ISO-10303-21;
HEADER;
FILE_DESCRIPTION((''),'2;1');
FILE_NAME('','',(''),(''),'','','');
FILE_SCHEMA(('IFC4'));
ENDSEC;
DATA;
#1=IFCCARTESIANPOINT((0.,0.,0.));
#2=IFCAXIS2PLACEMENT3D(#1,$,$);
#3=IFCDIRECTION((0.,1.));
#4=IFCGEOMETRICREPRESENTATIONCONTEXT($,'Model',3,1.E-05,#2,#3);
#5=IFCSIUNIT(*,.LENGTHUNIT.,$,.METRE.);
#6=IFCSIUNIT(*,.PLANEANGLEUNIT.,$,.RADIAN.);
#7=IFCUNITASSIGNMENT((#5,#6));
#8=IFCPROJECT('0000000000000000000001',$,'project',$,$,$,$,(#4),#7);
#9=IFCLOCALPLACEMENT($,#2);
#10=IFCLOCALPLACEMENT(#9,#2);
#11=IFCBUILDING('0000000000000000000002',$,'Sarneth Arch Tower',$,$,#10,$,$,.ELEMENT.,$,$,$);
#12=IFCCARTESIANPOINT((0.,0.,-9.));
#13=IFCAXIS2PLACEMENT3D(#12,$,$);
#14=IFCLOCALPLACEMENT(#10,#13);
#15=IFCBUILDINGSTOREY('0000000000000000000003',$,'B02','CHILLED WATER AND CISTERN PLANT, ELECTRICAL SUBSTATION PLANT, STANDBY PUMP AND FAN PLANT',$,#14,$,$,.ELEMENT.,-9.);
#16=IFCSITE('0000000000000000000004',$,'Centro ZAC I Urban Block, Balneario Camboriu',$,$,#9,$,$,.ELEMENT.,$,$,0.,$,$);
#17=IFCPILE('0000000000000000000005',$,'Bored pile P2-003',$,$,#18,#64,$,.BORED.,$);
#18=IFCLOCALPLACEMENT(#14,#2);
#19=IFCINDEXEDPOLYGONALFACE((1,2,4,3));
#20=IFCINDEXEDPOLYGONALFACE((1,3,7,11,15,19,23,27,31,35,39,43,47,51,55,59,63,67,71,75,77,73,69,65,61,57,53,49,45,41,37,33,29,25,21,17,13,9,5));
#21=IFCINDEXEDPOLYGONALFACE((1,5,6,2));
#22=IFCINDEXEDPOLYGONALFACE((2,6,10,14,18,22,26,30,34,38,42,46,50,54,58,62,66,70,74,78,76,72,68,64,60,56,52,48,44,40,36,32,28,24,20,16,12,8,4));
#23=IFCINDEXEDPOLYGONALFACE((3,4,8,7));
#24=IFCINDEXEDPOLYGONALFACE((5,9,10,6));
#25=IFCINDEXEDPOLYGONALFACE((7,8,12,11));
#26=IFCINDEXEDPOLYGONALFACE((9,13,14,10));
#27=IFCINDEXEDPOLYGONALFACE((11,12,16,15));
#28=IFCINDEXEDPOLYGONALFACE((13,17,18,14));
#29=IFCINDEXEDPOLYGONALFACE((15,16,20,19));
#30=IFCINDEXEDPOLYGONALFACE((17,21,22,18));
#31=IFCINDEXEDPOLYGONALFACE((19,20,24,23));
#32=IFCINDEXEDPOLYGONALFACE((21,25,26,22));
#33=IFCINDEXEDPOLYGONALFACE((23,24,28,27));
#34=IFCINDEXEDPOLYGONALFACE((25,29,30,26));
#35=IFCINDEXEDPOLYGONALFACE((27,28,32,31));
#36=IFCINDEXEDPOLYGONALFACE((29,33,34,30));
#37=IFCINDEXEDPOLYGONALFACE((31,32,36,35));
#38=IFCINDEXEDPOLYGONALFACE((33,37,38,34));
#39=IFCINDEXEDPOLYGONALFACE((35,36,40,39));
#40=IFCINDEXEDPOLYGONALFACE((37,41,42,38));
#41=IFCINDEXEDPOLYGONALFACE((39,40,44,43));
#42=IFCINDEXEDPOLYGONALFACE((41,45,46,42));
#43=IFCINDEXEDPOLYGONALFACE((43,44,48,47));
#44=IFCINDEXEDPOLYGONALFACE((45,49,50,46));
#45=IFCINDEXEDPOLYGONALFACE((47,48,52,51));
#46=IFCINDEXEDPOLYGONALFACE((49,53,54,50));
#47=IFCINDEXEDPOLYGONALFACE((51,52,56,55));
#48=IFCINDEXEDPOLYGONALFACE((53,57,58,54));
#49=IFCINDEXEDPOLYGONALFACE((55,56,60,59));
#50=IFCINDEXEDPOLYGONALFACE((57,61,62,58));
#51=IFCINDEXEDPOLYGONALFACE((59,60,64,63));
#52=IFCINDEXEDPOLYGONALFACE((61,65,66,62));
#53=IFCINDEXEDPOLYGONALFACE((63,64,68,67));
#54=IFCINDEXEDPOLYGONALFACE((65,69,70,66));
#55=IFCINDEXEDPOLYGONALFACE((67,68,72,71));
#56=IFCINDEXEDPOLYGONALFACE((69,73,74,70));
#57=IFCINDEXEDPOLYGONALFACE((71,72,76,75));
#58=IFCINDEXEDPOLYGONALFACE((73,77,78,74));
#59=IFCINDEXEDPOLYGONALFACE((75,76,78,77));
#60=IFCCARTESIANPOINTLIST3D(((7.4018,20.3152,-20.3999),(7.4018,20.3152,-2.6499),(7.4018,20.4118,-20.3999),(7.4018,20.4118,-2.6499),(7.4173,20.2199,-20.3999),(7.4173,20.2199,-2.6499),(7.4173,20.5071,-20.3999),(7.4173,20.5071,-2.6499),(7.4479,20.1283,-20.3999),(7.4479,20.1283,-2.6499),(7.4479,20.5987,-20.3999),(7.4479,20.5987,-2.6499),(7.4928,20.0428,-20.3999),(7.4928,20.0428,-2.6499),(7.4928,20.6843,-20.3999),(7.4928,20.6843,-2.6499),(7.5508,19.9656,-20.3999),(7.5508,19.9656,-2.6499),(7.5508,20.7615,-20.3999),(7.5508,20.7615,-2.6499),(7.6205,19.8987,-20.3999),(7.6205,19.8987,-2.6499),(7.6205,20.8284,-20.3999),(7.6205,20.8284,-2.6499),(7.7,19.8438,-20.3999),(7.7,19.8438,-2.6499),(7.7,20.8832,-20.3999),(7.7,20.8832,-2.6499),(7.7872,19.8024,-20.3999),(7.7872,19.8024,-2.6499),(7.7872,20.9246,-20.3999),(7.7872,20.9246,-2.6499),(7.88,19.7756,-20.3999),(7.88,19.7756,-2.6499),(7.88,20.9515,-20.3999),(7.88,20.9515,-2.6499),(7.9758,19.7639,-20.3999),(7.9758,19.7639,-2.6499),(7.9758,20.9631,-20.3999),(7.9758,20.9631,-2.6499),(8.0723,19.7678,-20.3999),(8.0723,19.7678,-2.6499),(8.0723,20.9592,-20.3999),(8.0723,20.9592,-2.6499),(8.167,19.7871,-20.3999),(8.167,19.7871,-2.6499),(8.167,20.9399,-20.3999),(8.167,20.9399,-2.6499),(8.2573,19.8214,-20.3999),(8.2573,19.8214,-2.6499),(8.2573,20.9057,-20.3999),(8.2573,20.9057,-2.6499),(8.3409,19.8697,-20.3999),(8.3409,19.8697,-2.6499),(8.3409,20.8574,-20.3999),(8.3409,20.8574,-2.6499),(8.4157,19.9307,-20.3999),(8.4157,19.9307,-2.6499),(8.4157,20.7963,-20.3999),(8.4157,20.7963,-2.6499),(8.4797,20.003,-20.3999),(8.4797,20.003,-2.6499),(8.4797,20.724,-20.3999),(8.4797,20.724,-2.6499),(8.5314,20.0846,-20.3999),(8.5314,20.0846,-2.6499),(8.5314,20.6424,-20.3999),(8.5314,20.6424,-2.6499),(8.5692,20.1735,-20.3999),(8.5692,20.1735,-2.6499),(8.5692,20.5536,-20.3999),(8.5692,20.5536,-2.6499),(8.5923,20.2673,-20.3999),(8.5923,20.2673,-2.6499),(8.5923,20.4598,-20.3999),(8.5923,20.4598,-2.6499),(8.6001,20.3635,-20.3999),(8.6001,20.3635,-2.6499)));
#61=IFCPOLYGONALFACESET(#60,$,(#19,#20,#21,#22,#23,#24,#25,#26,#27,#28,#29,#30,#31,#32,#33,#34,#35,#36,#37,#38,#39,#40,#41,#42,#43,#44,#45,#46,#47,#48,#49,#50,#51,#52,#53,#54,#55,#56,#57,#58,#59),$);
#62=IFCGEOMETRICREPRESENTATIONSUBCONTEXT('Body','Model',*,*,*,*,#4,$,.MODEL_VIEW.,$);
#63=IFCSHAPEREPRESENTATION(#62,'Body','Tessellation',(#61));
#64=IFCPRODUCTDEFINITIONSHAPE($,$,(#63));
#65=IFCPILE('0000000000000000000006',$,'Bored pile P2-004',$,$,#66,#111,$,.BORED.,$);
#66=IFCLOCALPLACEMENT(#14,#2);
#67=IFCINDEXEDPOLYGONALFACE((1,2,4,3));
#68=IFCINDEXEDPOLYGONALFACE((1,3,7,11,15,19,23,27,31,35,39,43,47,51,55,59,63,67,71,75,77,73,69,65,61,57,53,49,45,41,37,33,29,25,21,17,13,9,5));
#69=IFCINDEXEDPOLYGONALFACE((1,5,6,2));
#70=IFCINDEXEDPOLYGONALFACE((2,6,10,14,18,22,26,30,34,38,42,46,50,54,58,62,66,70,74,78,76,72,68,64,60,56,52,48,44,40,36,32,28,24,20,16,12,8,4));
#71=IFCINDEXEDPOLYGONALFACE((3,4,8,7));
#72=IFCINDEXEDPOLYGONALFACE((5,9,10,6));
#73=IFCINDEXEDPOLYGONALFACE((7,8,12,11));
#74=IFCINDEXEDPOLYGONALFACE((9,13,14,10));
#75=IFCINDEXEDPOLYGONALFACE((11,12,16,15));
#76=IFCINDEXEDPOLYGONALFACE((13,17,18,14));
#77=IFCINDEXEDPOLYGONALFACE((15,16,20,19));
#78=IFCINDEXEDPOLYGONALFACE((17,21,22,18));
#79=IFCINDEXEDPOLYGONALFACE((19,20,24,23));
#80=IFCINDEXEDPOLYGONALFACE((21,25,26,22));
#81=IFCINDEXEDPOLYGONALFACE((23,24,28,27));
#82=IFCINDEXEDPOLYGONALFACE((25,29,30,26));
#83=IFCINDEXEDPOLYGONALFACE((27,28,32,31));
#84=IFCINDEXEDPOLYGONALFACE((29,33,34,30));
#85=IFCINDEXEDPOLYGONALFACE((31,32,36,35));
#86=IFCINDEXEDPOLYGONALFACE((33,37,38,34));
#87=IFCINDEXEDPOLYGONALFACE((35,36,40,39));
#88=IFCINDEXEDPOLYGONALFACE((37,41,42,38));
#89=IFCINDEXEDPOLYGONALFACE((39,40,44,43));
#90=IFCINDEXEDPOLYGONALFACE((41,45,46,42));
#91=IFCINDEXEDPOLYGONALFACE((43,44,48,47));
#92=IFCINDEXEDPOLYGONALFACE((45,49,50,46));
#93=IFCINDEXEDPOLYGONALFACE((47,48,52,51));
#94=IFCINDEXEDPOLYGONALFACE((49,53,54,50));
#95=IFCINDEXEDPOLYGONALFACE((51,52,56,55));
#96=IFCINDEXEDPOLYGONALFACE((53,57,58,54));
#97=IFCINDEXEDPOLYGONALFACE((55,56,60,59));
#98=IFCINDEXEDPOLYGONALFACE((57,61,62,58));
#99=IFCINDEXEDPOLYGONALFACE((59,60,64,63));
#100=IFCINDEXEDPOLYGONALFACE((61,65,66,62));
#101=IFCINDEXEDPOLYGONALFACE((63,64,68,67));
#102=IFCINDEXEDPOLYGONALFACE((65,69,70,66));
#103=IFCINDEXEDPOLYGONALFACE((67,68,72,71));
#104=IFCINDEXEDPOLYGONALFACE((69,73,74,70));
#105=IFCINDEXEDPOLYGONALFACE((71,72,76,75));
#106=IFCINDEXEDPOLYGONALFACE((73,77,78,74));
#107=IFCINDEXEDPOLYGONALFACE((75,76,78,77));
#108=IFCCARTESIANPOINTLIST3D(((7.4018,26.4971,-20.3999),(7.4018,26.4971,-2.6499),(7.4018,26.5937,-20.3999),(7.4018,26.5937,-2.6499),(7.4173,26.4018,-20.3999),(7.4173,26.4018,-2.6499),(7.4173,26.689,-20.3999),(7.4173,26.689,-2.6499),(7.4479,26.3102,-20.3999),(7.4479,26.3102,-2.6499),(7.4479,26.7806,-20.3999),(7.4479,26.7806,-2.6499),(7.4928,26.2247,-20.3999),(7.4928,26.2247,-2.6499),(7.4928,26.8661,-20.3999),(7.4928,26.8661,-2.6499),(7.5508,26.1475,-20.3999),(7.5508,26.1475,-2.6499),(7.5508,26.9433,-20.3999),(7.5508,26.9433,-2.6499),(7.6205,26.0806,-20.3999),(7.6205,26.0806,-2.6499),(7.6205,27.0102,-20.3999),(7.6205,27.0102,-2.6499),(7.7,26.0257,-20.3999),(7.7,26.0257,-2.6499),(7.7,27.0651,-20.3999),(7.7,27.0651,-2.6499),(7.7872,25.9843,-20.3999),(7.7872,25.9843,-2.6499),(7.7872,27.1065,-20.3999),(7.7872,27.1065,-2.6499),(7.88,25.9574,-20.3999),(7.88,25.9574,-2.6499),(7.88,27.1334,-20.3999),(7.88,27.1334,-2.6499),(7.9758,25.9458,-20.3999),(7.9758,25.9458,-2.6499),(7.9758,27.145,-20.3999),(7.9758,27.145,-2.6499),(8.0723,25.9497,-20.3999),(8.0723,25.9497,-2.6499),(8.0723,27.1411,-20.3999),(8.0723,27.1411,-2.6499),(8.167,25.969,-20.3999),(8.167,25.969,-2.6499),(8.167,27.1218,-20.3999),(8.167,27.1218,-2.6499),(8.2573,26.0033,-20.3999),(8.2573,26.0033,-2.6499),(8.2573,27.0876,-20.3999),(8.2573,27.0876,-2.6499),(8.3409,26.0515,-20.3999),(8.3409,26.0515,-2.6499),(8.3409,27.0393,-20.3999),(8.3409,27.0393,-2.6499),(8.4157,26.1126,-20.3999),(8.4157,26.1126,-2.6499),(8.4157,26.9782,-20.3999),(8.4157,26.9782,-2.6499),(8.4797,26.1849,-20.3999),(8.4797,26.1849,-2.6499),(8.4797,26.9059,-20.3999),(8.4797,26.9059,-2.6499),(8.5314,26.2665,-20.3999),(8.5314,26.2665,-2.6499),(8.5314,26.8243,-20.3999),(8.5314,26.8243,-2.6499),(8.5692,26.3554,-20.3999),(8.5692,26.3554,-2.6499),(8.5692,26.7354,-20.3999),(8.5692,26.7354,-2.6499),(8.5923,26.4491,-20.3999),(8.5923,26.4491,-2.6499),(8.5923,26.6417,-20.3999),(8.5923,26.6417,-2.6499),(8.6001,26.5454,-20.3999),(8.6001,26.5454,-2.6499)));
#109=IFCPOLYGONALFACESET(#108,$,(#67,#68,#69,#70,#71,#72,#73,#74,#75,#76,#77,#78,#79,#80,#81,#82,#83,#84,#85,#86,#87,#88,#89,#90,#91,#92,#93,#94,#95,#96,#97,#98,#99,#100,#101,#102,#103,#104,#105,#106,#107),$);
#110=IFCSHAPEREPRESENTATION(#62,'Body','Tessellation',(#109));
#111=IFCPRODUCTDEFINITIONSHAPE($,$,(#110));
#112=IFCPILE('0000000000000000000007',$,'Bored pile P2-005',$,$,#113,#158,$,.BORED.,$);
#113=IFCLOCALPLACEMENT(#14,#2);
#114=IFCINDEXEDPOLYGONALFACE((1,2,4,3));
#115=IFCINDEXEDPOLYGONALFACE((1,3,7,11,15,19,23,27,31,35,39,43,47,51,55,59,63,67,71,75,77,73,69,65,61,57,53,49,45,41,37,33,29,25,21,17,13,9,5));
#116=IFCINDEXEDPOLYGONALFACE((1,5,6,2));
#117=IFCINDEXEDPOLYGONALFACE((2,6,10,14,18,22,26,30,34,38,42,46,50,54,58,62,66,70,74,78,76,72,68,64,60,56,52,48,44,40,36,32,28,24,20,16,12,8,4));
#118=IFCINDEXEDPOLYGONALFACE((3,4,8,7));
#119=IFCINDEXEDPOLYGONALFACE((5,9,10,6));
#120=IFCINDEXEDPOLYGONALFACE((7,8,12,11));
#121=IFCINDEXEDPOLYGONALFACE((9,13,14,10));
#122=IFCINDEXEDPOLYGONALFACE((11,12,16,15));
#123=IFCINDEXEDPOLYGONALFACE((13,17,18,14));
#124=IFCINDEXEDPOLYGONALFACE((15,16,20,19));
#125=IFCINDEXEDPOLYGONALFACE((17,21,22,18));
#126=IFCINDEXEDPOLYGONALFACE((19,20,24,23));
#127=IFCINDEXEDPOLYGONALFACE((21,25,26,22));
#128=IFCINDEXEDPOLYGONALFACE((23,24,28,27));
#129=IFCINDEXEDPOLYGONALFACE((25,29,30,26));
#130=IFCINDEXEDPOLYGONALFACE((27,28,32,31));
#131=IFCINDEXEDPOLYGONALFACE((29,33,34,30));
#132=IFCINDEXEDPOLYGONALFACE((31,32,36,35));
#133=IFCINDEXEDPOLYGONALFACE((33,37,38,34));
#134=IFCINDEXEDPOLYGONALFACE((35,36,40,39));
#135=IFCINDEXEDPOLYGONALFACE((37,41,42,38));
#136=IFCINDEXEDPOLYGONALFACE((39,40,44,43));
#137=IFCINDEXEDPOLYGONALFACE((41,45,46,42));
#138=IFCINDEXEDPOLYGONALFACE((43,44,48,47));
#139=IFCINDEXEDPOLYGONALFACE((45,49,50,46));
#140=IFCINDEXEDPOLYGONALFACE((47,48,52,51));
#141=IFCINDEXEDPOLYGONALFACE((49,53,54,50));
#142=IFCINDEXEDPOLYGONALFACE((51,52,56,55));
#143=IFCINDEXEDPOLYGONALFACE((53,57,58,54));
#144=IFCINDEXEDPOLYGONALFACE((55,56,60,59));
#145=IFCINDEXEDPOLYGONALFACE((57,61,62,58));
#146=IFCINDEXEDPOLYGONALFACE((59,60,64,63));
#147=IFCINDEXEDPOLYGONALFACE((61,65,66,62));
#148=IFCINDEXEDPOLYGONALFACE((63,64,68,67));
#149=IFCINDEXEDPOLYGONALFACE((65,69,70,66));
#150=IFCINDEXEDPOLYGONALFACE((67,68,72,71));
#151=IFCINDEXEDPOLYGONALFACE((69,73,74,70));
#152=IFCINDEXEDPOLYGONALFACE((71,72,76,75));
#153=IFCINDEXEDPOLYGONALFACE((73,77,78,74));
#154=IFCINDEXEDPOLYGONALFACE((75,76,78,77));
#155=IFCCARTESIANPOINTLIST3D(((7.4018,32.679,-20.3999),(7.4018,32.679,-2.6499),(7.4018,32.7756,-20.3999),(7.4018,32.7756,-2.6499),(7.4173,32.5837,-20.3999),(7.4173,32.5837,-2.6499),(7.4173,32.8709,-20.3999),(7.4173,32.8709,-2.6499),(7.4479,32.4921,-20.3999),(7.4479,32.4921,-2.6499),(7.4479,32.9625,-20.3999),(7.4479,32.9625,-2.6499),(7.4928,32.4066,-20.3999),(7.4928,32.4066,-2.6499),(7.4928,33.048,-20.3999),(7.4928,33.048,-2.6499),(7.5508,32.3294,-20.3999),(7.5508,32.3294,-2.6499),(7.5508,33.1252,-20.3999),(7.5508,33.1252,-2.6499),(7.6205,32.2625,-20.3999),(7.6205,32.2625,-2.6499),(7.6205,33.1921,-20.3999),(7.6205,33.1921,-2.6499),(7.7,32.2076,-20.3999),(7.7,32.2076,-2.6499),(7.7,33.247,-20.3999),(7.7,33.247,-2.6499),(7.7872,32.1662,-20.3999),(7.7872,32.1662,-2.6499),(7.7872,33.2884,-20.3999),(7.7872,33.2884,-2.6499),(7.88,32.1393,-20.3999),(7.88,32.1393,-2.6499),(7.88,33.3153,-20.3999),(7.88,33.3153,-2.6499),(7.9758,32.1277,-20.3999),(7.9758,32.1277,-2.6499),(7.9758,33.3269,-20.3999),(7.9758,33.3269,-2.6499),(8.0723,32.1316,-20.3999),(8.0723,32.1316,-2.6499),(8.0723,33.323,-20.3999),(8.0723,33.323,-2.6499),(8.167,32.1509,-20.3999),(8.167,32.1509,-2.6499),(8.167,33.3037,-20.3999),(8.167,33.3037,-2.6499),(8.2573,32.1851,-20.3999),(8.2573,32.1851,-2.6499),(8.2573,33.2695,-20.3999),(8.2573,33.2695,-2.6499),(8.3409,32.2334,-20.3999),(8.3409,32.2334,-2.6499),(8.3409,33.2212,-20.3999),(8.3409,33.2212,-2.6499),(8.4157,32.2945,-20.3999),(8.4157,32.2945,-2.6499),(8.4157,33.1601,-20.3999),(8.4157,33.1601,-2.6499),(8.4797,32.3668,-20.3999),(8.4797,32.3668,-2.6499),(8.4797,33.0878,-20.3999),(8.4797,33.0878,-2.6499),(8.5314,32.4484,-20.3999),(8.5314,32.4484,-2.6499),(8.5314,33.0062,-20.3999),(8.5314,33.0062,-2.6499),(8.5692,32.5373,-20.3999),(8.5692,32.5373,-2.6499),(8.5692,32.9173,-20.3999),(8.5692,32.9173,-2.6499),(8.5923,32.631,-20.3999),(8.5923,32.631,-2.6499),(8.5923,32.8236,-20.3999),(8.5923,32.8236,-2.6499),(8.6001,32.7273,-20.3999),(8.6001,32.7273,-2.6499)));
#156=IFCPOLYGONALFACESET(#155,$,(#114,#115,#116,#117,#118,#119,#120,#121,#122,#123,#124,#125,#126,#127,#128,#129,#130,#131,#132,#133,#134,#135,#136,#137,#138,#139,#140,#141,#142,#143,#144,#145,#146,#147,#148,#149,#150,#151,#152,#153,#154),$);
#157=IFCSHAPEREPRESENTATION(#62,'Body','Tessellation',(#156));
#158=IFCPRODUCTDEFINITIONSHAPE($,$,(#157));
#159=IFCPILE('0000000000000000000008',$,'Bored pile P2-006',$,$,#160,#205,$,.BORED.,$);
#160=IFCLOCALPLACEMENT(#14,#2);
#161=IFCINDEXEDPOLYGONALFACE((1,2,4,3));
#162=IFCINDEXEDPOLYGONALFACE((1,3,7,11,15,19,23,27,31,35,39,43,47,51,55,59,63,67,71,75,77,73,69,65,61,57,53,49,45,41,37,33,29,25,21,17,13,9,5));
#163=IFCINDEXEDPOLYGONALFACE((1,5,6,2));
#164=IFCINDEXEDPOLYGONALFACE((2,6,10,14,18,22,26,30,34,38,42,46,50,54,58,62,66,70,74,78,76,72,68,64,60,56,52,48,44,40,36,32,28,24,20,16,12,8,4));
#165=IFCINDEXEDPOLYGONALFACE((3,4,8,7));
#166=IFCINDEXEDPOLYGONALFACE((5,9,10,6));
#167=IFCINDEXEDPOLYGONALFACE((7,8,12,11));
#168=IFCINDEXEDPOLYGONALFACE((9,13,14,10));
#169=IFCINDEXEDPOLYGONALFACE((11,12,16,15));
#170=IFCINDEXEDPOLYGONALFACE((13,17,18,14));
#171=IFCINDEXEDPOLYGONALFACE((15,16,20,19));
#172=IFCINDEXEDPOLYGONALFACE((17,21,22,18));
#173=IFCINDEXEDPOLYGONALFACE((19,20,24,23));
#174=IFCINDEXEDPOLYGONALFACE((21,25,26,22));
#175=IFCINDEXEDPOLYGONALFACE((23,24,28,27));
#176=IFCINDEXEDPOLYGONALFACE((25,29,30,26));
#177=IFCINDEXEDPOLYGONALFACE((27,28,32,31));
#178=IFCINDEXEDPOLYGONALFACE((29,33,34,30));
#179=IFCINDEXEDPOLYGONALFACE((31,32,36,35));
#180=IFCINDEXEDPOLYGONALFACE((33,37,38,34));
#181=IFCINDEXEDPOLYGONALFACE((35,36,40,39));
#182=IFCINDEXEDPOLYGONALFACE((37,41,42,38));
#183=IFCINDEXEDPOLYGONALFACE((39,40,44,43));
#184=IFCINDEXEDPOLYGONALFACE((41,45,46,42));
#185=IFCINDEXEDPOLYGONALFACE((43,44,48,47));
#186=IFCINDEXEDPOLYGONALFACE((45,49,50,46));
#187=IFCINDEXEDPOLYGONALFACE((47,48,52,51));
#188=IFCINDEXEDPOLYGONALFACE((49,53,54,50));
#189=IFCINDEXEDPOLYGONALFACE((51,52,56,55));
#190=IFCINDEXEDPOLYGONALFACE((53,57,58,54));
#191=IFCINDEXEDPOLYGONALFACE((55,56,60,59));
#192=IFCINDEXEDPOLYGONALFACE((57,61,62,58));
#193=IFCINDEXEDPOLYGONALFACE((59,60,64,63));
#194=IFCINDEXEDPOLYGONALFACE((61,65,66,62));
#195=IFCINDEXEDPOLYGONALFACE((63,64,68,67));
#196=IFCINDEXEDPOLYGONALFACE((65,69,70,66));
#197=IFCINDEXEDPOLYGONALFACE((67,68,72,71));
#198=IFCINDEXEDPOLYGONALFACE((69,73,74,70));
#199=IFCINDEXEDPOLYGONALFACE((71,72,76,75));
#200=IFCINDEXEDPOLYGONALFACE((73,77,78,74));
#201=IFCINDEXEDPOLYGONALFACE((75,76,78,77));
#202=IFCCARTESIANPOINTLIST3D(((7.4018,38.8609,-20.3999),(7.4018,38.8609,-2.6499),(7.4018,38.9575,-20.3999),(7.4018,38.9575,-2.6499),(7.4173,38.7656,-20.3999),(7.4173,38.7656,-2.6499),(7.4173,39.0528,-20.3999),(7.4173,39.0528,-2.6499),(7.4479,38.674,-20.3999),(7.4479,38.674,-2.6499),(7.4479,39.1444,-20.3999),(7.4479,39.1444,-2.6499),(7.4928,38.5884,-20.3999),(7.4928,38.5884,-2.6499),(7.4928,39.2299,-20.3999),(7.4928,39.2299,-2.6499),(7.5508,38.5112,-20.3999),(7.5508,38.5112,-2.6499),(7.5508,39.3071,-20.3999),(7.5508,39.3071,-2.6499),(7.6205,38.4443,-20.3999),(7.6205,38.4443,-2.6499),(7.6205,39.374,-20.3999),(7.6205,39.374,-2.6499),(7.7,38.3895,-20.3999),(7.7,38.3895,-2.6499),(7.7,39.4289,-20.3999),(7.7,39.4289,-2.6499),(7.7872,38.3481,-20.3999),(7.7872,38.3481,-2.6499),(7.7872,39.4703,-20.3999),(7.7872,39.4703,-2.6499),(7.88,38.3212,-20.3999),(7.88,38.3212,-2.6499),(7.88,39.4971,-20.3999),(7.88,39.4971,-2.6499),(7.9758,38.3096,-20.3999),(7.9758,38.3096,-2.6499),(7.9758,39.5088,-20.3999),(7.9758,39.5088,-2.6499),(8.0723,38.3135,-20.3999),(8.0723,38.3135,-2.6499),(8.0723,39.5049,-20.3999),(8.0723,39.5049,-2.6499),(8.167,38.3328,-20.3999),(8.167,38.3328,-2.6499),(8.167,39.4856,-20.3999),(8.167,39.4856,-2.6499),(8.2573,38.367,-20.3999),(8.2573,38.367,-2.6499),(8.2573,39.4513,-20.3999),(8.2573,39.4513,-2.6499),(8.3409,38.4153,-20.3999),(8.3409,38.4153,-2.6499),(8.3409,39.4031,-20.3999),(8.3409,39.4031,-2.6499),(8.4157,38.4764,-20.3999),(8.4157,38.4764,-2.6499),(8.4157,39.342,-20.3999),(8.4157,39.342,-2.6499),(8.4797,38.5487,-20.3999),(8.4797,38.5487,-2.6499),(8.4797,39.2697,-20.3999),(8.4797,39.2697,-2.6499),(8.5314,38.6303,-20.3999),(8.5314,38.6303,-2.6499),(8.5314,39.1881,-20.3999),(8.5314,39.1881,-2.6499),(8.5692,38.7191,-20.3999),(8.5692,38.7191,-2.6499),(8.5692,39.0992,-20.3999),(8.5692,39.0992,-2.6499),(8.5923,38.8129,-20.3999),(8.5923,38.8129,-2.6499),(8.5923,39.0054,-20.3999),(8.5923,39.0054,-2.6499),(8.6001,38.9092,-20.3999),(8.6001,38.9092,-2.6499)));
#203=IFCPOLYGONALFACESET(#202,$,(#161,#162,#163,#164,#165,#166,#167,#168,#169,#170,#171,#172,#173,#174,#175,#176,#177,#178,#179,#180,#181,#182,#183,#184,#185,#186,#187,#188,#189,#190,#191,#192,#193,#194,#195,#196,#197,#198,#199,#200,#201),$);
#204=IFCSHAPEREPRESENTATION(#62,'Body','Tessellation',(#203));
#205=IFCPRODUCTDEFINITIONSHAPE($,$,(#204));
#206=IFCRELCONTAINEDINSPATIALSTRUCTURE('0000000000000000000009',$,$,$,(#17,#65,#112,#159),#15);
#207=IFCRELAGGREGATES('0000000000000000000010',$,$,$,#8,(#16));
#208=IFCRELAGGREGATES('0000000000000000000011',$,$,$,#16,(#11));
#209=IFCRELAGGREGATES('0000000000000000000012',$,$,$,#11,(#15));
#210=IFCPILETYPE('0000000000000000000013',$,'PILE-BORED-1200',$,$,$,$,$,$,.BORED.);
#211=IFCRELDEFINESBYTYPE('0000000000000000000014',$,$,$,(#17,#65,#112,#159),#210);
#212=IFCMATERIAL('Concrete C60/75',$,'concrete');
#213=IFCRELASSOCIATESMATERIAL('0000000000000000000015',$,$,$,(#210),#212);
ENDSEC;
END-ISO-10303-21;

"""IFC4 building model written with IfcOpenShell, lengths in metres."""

from ifc_helpers import new_model, si_unit, direction, frame, origin, origin_2d, place, context, subcontext, project, spatial, circle, extrude, material, material_profile, profile_set, type_object, element, save


model = new_model("IFC4")

# Units and contexts
model_context = context("Model", 3, precision=1e-05, world=origin(), true_north=direction((0.0, 1.0)))
body_context = subcontext(model_context, "Body", "Model", "MODEL_VIEW")
ifc_project = project(units=[si_unit("LENGTHUNIT", "METRE"), si_unit("PLANEANGLEUNIT", "RADIAN")], contexts=[model_context])

# Site, building, storey
site_placement = place(None, origin())
site = spatial("IfcSite", under=ifc_project, at=site_placement, Name="Centro ZAC I Urban Block, Balneario Camboriu", CompositionType="ELEMENT", RefElevation=0.0)
building_placement = place(site_placement, origin())
building = spatial("IfcBuilding", under=site, at=building_placement, Name="Sarneth Arch Tower", CompositionType="ELEMENT")
storey_placement = place(building_placement, frame((0.0, 0.0, -9.0)))
storey = spatial("IfcBuildingStorey", under=building, at=storey_placement, Name="B02", Description="CHILLED WATER AND CISTERN PLANT, ELECTRICAL SUBSTATION PLANT, STANDBY PUMP AND FAN PLANT", CompositionType="ELEMENT", Elevation=-9.0)

# Piles
ifc_material_1 = material(Name="Concrete C60/75", Category="concrete")
ifc_material_profile_1 = material_profile(ifc_material_1, circle(Radius=0.6001, at=origin_2d()), Name="PILE-D1200")
ifc_profile_set_1 = profile_set([ifc_material_profile_1], Name="Concrete C60/75")
pile_type_1 = type_object("IfcPileType", Name="PILE-BORED-1200", PredefinedType="BORED", material=ifc_profile_set_1)
for number, where, z_axis, x_axis, name in (
    (1, (8.0, 20.3635, -2.6499), (0.0, 0.0, -1.0), (1.0, 0.0, 0.0), "Bored pile P2-003"),
    (2, (8.0, 26.5454, -2.6499), (0.0, 0.0, -1.0), (1.0, 0.0, 0.0), "Bored pile P2-004"),
    (3, (8.0, 32.7273, -2.6499), (0.0, 0.0, -1.0), (1.0, 0.0, 0.0), "Bored pile P2-005"),
    (4, (8.0, 38.9092, -2.6499), (0.0, 0.0, -1.0), (1.0, 0.0, 0.0), "Bored pile P2-006"),
):
    element("IfcPile", number, at=place(storey_placement, frame(where, z_axis=z_axis, x_axis=x_axis)), inside=storey, type_object=pile_type_1, Name=name, PredefinedType="BORED", context=body_context, shape_type="SweptSolid", body=[
        extrude(circle(Radius=0.6001, at=origin_2d()), origin(), (0.0, 0.0, 1.0), 17.75),
    ])

save(model, "model.ifc")
